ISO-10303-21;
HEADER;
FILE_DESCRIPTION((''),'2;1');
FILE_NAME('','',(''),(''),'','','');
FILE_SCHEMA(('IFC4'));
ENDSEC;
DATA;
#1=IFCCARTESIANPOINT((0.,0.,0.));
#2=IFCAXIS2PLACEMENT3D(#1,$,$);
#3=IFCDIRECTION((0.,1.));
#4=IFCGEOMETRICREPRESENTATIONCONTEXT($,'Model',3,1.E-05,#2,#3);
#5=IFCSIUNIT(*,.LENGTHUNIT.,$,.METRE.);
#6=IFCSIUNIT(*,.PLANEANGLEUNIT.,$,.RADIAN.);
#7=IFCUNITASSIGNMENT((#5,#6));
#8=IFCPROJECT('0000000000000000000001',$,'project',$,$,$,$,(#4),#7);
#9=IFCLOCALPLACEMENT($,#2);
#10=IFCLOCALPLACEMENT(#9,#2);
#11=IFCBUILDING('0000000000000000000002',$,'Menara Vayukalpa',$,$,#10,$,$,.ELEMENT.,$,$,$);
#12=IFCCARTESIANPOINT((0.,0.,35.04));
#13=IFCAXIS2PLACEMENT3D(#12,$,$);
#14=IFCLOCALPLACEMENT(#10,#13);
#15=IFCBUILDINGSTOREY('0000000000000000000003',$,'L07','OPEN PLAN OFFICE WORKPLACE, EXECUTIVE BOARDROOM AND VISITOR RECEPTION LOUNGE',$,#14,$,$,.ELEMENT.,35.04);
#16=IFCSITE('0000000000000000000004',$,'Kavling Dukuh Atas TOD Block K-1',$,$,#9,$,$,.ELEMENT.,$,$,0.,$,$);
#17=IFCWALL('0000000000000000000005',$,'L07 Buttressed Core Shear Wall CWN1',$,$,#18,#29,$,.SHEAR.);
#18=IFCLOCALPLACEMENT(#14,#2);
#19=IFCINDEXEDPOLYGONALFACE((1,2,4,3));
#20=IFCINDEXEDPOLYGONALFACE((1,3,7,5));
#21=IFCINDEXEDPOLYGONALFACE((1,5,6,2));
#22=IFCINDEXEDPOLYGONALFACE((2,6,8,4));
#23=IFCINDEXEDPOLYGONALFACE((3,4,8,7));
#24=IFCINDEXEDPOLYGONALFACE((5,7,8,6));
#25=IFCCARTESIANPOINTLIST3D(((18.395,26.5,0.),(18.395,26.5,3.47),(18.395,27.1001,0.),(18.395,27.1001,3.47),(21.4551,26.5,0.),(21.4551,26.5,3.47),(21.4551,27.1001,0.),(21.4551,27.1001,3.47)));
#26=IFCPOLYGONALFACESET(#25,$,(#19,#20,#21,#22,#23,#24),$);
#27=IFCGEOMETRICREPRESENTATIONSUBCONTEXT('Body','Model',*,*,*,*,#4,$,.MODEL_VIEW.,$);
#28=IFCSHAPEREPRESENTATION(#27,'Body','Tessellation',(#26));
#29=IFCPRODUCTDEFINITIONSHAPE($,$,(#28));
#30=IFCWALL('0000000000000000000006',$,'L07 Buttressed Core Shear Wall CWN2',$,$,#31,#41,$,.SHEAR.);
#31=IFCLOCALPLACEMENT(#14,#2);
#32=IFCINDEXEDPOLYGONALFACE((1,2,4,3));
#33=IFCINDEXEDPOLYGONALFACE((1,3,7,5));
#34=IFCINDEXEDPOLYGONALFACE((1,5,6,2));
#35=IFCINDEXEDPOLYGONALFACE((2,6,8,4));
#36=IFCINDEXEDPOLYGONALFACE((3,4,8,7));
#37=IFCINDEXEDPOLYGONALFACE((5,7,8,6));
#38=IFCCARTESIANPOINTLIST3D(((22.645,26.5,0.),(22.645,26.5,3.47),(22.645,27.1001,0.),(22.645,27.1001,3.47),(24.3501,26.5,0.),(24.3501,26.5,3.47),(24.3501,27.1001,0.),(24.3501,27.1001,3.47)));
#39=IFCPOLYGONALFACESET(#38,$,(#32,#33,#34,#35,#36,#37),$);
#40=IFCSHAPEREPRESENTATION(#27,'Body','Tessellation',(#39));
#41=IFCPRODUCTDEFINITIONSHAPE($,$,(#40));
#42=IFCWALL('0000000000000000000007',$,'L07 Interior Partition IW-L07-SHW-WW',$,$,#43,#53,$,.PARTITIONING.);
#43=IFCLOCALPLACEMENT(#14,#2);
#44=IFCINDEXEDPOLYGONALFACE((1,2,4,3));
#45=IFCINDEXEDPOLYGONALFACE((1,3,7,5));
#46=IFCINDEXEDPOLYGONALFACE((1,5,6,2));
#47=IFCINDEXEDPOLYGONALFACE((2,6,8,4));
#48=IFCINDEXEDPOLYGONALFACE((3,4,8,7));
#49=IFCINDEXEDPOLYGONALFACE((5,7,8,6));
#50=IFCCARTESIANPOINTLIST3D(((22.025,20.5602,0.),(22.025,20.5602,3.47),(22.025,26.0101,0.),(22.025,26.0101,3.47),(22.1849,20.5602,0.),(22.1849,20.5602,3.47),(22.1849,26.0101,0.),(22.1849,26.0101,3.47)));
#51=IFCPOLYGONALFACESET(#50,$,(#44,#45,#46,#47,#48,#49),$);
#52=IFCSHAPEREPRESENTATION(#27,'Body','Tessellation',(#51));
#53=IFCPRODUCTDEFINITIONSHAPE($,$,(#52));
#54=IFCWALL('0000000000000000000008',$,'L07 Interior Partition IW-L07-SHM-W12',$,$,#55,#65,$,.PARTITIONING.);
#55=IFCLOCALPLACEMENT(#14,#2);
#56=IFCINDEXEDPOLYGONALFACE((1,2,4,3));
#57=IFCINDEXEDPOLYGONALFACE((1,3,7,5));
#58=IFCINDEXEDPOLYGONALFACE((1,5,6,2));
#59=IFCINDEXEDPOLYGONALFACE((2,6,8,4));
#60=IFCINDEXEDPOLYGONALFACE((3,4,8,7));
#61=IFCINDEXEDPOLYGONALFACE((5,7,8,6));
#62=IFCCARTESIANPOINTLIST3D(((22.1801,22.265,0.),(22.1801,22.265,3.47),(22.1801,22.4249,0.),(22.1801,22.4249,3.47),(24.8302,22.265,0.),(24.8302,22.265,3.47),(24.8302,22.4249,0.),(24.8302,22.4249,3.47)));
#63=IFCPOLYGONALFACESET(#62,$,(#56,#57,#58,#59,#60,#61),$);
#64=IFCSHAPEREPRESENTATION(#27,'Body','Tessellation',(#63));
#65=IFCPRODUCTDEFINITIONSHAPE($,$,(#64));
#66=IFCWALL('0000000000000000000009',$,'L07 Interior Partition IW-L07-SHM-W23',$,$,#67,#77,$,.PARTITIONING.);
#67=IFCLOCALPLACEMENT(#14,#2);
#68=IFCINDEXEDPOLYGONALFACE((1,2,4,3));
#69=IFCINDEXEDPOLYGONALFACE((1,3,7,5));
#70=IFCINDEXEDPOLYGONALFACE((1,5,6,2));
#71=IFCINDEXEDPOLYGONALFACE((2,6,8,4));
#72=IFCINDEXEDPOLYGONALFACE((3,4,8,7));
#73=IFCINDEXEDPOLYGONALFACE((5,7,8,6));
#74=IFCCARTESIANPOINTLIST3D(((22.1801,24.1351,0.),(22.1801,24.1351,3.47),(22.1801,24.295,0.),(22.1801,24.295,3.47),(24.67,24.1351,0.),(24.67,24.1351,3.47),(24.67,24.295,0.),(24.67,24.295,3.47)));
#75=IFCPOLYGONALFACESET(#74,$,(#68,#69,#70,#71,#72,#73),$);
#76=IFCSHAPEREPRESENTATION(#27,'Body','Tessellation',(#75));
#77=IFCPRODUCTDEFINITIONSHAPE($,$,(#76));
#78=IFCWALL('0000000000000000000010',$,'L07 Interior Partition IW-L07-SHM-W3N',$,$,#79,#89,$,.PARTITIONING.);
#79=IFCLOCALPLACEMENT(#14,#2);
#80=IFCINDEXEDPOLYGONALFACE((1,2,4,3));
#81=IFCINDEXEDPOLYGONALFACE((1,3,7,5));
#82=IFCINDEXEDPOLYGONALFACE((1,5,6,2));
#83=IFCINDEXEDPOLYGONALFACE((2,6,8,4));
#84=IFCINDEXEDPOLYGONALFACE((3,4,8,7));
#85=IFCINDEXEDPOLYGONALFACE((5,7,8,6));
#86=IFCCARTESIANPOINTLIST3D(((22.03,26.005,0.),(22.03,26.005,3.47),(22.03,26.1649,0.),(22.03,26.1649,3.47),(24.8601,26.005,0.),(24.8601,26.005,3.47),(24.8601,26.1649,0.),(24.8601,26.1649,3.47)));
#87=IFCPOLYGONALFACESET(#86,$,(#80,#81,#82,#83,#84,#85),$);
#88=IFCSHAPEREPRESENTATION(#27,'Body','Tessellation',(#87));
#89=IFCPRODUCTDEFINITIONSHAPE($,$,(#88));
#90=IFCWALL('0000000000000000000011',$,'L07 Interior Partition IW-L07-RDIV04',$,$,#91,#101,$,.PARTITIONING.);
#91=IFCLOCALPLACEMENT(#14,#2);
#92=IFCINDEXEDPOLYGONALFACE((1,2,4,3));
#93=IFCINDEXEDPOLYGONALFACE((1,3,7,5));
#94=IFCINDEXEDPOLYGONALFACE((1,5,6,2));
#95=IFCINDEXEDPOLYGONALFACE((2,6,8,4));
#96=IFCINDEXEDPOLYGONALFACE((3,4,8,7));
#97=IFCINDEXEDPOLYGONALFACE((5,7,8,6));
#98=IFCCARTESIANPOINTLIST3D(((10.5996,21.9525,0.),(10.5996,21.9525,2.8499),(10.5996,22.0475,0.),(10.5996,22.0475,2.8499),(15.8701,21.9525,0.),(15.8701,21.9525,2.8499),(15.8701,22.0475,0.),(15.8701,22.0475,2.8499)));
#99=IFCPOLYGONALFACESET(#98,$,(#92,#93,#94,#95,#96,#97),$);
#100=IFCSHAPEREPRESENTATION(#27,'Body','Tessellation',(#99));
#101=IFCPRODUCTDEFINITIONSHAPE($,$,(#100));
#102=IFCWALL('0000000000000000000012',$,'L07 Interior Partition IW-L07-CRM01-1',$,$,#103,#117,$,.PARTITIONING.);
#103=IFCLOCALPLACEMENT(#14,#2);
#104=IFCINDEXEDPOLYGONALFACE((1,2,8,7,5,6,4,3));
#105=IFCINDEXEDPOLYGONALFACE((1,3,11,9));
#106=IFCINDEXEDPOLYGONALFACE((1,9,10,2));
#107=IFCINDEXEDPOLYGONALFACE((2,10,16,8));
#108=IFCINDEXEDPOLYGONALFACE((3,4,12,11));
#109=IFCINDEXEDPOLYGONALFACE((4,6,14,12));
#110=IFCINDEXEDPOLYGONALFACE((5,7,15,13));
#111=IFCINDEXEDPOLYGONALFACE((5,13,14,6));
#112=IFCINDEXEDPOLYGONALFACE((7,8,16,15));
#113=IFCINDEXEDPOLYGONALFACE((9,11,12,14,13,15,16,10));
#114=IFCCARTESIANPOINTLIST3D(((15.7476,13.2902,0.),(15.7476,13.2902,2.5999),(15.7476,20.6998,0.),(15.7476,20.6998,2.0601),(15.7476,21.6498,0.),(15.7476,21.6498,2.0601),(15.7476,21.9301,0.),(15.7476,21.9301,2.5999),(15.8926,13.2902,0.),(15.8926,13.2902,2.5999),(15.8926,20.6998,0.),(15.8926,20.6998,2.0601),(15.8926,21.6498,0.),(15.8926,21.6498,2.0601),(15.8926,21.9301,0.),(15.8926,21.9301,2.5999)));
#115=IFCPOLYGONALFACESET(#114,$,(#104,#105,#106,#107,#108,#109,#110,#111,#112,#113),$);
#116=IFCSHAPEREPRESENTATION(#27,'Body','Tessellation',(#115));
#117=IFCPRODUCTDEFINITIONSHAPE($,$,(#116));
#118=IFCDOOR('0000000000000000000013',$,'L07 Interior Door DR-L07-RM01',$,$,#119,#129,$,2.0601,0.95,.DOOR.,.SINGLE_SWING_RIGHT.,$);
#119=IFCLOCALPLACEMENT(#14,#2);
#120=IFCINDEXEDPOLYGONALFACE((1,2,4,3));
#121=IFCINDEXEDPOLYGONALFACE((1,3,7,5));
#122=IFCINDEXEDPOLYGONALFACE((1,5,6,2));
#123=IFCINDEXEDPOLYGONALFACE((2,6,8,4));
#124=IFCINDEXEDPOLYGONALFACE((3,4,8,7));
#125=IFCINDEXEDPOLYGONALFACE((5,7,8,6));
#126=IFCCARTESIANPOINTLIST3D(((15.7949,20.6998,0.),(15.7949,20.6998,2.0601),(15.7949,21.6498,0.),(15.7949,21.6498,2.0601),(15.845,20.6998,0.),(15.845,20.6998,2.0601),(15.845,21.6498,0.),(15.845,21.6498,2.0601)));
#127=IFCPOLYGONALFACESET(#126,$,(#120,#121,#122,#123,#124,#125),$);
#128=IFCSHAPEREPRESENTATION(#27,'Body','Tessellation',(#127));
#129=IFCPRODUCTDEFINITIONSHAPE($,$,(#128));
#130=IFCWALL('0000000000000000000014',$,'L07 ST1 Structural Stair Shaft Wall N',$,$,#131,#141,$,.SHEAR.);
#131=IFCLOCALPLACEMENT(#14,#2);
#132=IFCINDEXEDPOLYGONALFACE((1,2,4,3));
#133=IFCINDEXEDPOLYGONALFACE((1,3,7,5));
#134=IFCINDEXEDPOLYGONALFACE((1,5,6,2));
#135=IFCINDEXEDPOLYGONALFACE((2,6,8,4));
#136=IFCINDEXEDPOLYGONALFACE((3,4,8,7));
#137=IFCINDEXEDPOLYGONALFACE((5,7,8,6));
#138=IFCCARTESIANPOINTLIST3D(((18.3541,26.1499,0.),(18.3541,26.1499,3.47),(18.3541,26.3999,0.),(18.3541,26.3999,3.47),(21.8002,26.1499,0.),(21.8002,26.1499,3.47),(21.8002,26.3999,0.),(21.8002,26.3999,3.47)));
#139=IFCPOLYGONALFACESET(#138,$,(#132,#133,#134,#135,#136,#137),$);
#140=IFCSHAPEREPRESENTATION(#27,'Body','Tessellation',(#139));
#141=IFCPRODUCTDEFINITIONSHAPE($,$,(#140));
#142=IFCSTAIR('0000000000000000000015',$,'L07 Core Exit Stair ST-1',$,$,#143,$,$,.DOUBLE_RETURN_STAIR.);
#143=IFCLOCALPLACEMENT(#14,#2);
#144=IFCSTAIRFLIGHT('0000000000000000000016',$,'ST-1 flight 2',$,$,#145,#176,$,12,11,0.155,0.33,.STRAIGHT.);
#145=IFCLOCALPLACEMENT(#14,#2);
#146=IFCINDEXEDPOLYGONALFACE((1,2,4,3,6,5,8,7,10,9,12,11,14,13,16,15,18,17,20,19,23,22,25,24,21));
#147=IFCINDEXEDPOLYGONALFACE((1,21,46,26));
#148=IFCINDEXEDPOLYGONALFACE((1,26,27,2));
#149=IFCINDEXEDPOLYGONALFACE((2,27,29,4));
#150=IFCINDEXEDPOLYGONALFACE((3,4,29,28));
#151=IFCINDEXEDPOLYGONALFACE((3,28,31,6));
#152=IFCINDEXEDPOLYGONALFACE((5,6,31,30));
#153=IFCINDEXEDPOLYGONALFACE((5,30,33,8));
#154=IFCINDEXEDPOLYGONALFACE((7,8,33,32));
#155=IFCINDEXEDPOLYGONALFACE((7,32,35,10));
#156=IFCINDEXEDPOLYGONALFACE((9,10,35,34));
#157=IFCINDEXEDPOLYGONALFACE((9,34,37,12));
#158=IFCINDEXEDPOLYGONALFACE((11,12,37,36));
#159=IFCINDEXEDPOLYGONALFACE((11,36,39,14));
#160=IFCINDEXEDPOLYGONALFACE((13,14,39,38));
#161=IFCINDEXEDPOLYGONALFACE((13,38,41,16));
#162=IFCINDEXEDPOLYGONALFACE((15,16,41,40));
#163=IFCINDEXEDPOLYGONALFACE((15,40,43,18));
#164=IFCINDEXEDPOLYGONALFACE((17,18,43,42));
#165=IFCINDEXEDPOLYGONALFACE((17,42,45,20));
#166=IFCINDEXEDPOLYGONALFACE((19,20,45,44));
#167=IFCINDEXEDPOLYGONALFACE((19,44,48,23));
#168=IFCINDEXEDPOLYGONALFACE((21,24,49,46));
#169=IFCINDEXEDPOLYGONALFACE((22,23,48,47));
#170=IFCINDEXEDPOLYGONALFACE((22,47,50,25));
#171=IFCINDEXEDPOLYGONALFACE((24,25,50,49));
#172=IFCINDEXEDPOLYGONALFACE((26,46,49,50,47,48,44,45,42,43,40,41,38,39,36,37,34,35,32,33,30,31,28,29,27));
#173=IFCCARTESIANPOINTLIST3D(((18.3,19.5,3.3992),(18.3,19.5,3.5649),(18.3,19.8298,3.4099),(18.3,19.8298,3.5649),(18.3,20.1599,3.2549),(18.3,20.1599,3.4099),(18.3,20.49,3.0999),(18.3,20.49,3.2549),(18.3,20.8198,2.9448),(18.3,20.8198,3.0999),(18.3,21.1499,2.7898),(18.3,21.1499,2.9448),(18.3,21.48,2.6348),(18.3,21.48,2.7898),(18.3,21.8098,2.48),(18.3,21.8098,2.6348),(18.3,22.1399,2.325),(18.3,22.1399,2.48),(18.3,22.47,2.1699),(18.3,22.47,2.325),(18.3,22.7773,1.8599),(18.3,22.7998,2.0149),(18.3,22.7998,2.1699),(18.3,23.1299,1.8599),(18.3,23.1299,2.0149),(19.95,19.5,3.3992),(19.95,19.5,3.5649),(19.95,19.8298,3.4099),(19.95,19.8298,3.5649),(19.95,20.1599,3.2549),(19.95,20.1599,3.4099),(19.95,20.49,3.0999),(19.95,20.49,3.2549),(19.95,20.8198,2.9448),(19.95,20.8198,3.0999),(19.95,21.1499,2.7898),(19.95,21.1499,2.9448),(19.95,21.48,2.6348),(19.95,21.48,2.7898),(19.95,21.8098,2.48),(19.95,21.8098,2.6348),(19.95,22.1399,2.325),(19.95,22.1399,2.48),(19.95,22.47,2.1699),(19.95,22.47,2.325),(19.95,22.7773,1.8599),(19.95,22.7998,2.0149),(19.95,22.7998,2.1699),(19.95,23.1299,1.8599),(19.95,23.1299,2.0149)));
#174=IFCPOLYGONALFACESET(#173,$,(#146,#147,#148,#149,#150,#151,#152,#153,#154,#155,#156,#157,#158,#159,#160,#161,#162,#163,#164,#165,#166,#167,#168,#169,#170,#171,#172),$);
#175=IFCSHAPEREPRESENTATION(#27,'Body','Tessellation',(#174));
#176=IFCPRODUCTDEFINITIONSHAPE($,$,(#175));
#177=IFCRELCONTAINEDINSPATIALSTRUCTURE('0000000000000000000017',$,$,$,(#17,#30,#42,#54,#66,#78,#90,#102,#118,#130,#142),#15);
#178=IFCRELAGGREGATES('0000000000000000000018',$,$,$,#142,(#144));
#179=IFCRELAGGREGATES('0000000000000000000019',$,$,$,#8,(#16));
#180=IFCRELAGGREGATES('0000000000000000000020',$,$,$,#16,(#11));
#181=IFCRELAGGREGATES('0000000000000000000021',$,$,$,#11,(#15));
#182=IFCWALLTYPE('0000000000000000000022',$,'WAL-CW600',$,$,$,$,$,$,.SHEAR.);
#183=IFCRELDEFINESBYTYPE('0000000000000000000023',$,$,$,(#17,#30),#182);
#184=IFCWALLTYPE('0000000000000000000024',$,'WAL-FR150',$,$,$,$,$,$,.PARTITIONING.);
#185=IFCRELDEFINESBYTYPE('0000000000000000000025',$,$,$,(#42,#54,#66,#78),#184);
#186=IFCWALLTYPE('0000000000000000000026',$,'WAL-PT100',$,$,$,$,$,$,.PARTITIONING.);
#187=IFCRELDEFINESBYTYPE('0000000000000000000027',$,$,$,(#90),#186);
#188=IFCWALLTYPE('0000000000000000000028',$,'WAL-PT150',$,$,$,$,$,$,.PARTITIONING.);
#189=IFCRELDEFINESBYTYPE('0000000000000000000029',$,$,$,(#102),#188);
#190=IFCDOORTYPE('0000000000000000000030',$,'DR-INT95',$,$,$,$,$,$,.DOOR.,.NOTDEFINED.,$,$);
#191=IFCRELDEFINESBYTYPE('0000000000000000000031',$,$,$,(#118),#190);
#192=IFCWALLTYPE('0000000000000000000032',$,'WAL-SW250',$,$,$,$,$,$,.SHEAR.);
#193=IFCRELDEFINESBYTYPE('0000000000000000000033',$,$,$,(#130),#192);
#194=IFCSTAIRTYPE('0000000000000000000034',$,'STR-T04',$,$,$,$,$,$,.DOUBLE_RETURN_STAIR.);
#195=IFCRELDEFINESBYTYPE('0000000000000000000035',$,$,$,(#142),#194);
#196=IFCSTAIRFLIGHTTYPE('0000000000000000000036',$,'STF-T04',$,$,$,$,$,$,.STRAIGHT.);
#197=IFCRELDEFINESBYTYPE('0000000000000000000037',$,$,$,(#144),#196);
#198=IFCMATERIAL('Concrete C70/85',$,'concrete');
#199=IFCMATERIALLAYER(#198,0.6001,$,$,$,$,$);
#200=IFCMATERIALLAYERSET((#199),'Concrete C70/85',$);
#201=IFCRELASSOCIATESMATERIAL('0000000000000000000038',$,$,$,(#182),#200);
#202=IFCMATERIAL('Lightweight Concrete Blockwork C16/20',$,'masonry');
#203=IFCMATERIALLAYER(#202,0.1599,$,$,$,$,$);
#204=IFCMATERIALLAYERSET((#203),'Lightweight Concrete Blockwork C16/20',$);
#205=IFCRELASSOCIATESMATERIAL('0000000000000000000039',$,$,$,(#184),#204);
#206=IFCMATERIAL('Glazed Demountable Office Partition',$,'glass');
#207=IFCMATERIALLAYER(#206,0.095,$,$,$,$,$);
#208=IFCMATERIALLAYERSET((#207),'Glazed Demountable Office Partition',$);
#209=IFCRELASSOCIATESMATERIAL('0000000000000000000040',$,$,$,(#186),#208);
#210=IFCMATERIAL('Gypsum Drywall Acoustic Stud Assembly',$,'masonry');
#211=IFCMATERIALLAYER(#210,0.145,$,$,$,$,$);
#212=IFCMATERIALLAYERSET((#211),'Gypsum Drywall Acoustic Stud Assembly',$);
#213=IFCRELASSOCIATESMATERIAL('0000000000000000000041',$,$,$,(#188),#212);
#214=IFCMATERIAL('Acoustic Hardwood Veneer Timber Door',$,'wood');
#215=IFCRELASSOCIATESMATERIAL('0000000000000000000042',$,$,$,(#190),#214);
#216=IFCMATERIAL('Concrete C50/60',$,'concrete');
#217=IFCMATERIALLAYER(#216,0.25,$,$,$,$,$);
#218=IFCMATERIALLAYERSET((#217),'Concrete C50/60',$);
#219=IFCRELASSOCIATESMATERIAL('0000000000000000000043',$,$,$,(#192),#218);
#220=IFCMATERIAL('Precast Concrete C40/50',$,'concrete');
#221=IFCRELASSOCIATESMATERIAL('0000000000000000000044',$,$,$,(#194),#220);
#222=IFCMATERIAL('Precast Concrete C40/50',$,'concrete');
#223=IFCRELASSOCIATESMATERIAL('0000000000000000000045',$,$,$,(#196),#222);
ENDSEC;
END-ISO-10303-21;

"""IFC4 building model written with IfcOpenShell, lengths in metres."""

from ifc_helpers import new_model, si_unit, direction, frame, frame_2d, origin, place, context, subcontext, project, spatial, polyline, rectangle, outline, extrude, material, layer, layer_set, type_object, element, fill, aggregate, save


model = new_model("IFC4")

# Units and contexts
model_context = context("Model", 3, precision=1e-05, world=origin(), true_north=direction((0.0, 1.0)))
body_context = subcontext(model_context, "Body", "Model", "MODEL_VIEW")
ifc_project = project(units=[si_unit("LENGTHUNIT", "METRE"), si_unit("PLANEANGLEUNIT", "RADIAN")], contexts=[model_context])

# Site, building, storey
site_placement = place(None, origin())
site = spatial("IfcSite", under=ifc_project, at=site_placement, Name="Kavling Dukuh Atas TOD Block K-1", CompositionType="ELEMENT", RefElevation=0.0)
building_placement = place(site_placement, origin())
building = spatial("IfcBuilding", under=site, at=building_placement, Name="Menara Vayukalpa", CompositionType="ELEMENT")
storey_placement = place(building_placement, frame((0.0, 0.0, 35.04)))
storey = spatial("IfcBuildingStorey", under=building, at=storey_placement, Name="L07", Description="OPEN PLAN OFFICE WORKPLACE, EXECUTIVE BOARDROOM AND VISITOR RECEPTION LOUNGE", CompositionType="ELEMENT", Elevation=35.04)

# Walls
ifc_material_1 = material(Name="Concrete C70/85", Category="concrete")
ifc_layer_1 = layer(ifc_material_1, 0.6001)
ifc_layer_set_1 = layer_set([ifc_layer_1], Name="Concrete C70/85")
wall_type_1 = type_object("IfcWallType", Name="WAL-CW600", PredefinedType="SHEAR", material=ifc_layer_set_1)
wall_1_placement = place(storey_placement, frame((18.395, 26.8, 0.0), z_axis=(0.0, 0.0, 1.0), x_axis=(1.0, 0.0, 0.0)))
element("IfcWall", 1, at=wall_1_placement, inside=storey, type_object=wall_type_1, Name="L07 Buttressed Core Shear Wall CWN1", PredefinedType="SHEAR", context=body_context, shape_type="SweptSolid", body=[
    extrude(rectangle(XDim=3.0601, YDim=0.6001, at=frame_2d((1.53, 0.0))), origin(), (0.0, 0.0, 1.0), 3.47),
])
wall_2_placement = place(storey_placement, frame((22.645, 26.8, 0.0), z_axis=(0.0, 0.0, 1.0), x_axis=(1.0, 0.0, 0.0)))
element("IfcWall", 2, at=wall_2_placement, inside=storey, type_object=wall_type_1, Name="L07 Buttressed Core Shear Wall CWN2", PredefinedType="SHEAR", context=body_context, shape_type="SweptSolid", body=[
    extrude(rectangle(XDim=1.7051, YDim=0.6001, at=frame_2d((0.8525, 0.0))), origin(), (0.0, 0.0, 1.0), 3.47),
])
ifc_material_2 = material(Name="Lightweight Concrete Blockwork C16/20", Category="masonry")
ifc_layer_2 = layer(ifc_material_2, 0.1599)
ifc_layer_set_2 = layer_set([ifc_layer_2], Name="Lightweight Concrete Blockwork C16/20")
wall_type_2 = type_object("IfcWallType", Name="WAL-FR150", PredefinedType="PARTITIONING", material=ifc_layer_set_2)
wall_3_placement = place(storey_placement, frame((22.105, 20.5601, 0.0), z_axis=(0.0, 0.0, 1.0), x_axis=(0.0, 1.0, 0.0)))
element("IfcWall", 3, at=wall_3_placement, inside=storey, type_object=wall_type_2, Name="L07 Interior Partition IW-L07-SHW-WW", PredefinedType="PARTITIONING", context=body_context, shape_type="SweptSolid", body=[
    extrude(rectangle(XDim=5.45, YDim=0.1599, at=frame_2d((2.7251, 0.0))), origin(), (0.0, 0.0, 1.0), 3.47),
])
wall_4_placement = place(storey_placement, frame((22.1799, 22.345, 0.0), z_axis=(0.0, 0.0, 1.0), x_axis=(1.0, 0.0, 0.0)))
element("IfcWall", 4, at=wall_4_placement, inside=storey, type_object=wall_type_2, Name="L07 Interior Partition IW-L07-SHM-W12", PredefinedType="PARTITIONING", context=body_context, shape_type="SweptSolid", body=[
    extrude(rectangle(XDim=2.6501, YDim=0.1599, at=frame_2d((1.3252, 0.0))), origin(), (0.0, 0.0, 1.0), 3.47),
])
wall_5_placement = place(storey_placement, frame((22.1799, 24.2151, 0.0), z_axis=(0.0, 0.0, 1.0), x_axis=(1.0, 0.0, 0.0)))
element("IfcWall", 5, at=wall_5_placement, inside=storey, type_object=wall_type_2, Name="L07 Interior Partition IW-L07-SHM-W23", PredefinedType="PARTITIONING", context=body_context, shape_type="SweptSolid", body=[
    extrude(rectangle(XDim=2.49, YDim=0.1599, at=frame_2d((1.2451, 0.0))), origin(), (0.0, 0.0, 1.0), 3.47),
])
wall_6_placement = place(storey_placement, frame((22.03, 26.085, 0.0), z_axis=(0.0, 0.0, 1.0), x_axis=(1.0, 0.0, 0.0)))
element("IfcWall", 6, at=wall_6_placement, inside=storey, type_object=wall_type_2, Name="L07 Interior Partition IW-L07-SHM-W3N", PredefinedType="PARTITIONING", context=body_context, shape_type="SweptSolid", body=[
    extrude(rectangle(XDim=2.8301, YDim=0.1599, at=frame_2d((1.415, 0.0))), origin(), (0.0, 0.0, 1.0), 3.47),
])
ifc_material_3 = material(Name="Glazed Demountable Office Partition", Category="glass")
ifc_layer_3 = layer(ifc_material_3, 0.095)
ifc_layer_set_3 = layer_set([ifc_layer_3], Name="Glazed Demountable Office Partition")
wall_type_3 = type_object("IfcWallType", Name="WAL-PT100", PredefinedType="PARTITIONING", material=ifc_layer_set_3)
wall_7_placement = place(storey_placement, frame((15.8701, 22.0, 0.0), z_axis=(0.0, 0.0, 1.0), x_axis=(-1.0, 0.0, 0.0)))
element("IfcWall", 7, at=wall_7_placement, inside=storey, type_object=wall_type_3, Name="L07 Interior Partition IW-L07-RDIV04", PredefinedType="PARTITIONING", context=body_context, shape_type="SweptSolid", body=[
    extrude(rectangle(XDim=5.2705, YDim=0.095, at=frame_2d((2.6353, 0.0))), origin(), (0.0, 0.0, 1.0), 2.8499),
])

# Wall, opening, door
ifc_material_4 = material(Name="Gypsum Drywall Acoustic Stud Assembly", Category="masonry")
ifc_layer_4 = layer(ifc_material_4, 0.145)
ifc_layer_set_4 = layer_set([ifc_layer_4], Name="Gypsum Drywall Acoustic Stud Assembly")
wall_type_4 = type_object("IfcWallType", Name="WAL-PT150", PredefinedType="PARTITIONING", material=ifc_layer_set_4)
wall_8_placement = place(storey_placement, frame((15.8201, 21.9299, 0.0), z_axis=(0.0, 0.0, 1.0), x_axis=(0.0, -1.0, 0.0)))
wall_8 = element("IfcWall", 8, at=wall_8_placement, inside=storey, type_object=wall_type_4, Name="L07 Interior Partition IW-L07-CRM01-1", PredefinedType="PARTITIONING", context=body_context, shape_type="SweptSolid", body=[
    extrude(rectangle(XDim=8.6399, YDim=0.145, at=frame_2d((4.3198, 0.0))), origin(), (0.0, 0.0, 1.0), 2.5999),
])
opening_placement = place(wall_8_placement, frame((0.28, 0.0, 0.0)))
opening = element("IfcOpeningElement", 9, at=opening_placement, cuts=wall_8, PredefinedType="OPENING", context=body_context, shape_type="SweptSolid", body=[
    extrude(rectangle(XDim=0.95, YDim=2.0601, at=frame_2d((0.4751, 1.03))), frame((0.0, 0.0825, 0.0), z_axis=(0.0, -1.0, 0.0), x_axis=(1.0, 0.0, 0.0)), (0.0, 0.0, 1.0), 0.165),
])
ifc_material_5 = material(Name="Acoustic Hardwood Veneer Timber Door", Category="wood")
door_type = type_object("IfcDoorType", Name="DR-INT95", OperationType="NOTDEFINED", PredefinedType="DOOR", material=ifc_material_5)
door_placement = place(opening_placement, origin())
door = element("IfcDoor", 10, at=door_placement, inside=storey, type_object=door_type, Name="L07 Interior Door DR-L07-RM01", OperationType="SINGLE_SWING_RIGHT", OverallHeight=2.0601, OverallWidth=0.95, PredefinedType="DOOR", context=body_context, shape_type="SweptSolid", body=[
    extrude(rectangle(XDim=0.95, YDim=2.0601, at=frame_2d((0.4751, 1.03))), frame((0.0, 0.0249, 0.0), z_axis=(0.0, -1.0, 0.0), x_axis=(1.0, 0.0, 0.0)), (0.0, 0.0, 1.0), 0.05),
])
fill(opening, door)

# Wall
ifc_material_6 = material(Name="Concrete C50/60", Category="concrete")
ifc_layer_5 = layer(ifc_material_6, 0.25)
ifc_layer_set_5 = layer_set([ifc_layer_5], Name="Concrete C50/60")
wall_type_5 = type_object("IfcWallType", Name="WAL-SW250", PredefinedType="SHEAR", material=ifc_layer_set_5)
wall_9_placement = place(storey_placement, frame((18.354, 26.2749, 0.0), z_axis=(0.0, 0.0, 1.0), x_axis=(1.0, 0.0, 0.0)))
element("IfcWall", 11, at=wall_9_placement, inside=storey, type_object=wall_type_5, Name="L07 ST1 Structural Stair Shaft Wall N", PredefinedType="SHEAR", context=body_context, shape_type="SweptSolid", body=[
    extrude(rectangle(XDim=3.446, YDim=0.25, at=frame_2d((1.7231, 0.0))), origin(), (0.0, 0.0, 1.0), 3.47),
])

# Stair, stair flight
ifc_material_7 = material(Name="Precast Concrete C40/50", Category="concrete")
stair_type = type_object("IfcStairType", Name="STR-T04", PredefinedType="DOUBLE_RETURN_STAIR", material=ifc_material_7)
stair_placement = place(storey_placement, origin())
stair = element("IfcStair", 12, at=stair_placement, inside=storey, type_object=stair_type, Name="L07 Core Exit Stair ST-1", PredefinedType="DOUBLE_RETURN_STAIR")
ifc_material_8 = material(Name="Precast Concrete C40/50", Category="concrete")
stair_flight_type = type_object("IfcStairFlightType", Name="STF-T04", PredefinedType="STRAIGHT", material=ifc_material_8)
stair_flight_placement = place(storey_placement, frame((19.125, 23.1299, 1.8599), z_axis=(0.0, 0.0, 1.0), x_axis=(0.0, -1.0, 0.0)))
stair_flight = element("IfcStairFlight", 13, at=stair_flight_placement, type_object=stair_flight_type, Name="ST-1 flight 2", NumberOfRisers=12, NumberOfTreads=11, PredefinedType="STRAIGHT", RiserHeight=0.155, TreadLength=0.33, context=body_context, shape_type="SweptSolid", body=[
    extrude(outline(polyline([(0.0, 0.0), (0.0, 0.155), (0.3301, 0.155), (0.3301, 0.3101), (0.6599, 0.3101), (0.6599, 0.4651), (0.99, 0.4651), (0.99, 0.6201), (1.3201, 0.6201), (1.3201, 0.7749), (1.6499, 0.7749), (1.6499, 0.9299), (1.98, 0.9299), (1.98, 1.085), (2.3101, 1.085), (2.3101, 1.24), (2.6399, 1.24), (2.6399, 1.395), (2.97, 1.395), (2.97, 1.55), (3.3, 1.55), (3.3, 1.7051), (3.6299, 1.7051), (3.6299, 1.8601), (3.6299, 1.5393), (0.3525, 0.0), (0.0, 0.0)])), frame((0.0, 0.825, 0.0), z_axis=(0.0, -1.0, 0.0), x_axis=(1.0, 0.0, 0.0)), (0.0, 0.0, 1.0), 1.6499),
])
aggregate(stair, [stair_flight])

save(model, "model.ifc")
